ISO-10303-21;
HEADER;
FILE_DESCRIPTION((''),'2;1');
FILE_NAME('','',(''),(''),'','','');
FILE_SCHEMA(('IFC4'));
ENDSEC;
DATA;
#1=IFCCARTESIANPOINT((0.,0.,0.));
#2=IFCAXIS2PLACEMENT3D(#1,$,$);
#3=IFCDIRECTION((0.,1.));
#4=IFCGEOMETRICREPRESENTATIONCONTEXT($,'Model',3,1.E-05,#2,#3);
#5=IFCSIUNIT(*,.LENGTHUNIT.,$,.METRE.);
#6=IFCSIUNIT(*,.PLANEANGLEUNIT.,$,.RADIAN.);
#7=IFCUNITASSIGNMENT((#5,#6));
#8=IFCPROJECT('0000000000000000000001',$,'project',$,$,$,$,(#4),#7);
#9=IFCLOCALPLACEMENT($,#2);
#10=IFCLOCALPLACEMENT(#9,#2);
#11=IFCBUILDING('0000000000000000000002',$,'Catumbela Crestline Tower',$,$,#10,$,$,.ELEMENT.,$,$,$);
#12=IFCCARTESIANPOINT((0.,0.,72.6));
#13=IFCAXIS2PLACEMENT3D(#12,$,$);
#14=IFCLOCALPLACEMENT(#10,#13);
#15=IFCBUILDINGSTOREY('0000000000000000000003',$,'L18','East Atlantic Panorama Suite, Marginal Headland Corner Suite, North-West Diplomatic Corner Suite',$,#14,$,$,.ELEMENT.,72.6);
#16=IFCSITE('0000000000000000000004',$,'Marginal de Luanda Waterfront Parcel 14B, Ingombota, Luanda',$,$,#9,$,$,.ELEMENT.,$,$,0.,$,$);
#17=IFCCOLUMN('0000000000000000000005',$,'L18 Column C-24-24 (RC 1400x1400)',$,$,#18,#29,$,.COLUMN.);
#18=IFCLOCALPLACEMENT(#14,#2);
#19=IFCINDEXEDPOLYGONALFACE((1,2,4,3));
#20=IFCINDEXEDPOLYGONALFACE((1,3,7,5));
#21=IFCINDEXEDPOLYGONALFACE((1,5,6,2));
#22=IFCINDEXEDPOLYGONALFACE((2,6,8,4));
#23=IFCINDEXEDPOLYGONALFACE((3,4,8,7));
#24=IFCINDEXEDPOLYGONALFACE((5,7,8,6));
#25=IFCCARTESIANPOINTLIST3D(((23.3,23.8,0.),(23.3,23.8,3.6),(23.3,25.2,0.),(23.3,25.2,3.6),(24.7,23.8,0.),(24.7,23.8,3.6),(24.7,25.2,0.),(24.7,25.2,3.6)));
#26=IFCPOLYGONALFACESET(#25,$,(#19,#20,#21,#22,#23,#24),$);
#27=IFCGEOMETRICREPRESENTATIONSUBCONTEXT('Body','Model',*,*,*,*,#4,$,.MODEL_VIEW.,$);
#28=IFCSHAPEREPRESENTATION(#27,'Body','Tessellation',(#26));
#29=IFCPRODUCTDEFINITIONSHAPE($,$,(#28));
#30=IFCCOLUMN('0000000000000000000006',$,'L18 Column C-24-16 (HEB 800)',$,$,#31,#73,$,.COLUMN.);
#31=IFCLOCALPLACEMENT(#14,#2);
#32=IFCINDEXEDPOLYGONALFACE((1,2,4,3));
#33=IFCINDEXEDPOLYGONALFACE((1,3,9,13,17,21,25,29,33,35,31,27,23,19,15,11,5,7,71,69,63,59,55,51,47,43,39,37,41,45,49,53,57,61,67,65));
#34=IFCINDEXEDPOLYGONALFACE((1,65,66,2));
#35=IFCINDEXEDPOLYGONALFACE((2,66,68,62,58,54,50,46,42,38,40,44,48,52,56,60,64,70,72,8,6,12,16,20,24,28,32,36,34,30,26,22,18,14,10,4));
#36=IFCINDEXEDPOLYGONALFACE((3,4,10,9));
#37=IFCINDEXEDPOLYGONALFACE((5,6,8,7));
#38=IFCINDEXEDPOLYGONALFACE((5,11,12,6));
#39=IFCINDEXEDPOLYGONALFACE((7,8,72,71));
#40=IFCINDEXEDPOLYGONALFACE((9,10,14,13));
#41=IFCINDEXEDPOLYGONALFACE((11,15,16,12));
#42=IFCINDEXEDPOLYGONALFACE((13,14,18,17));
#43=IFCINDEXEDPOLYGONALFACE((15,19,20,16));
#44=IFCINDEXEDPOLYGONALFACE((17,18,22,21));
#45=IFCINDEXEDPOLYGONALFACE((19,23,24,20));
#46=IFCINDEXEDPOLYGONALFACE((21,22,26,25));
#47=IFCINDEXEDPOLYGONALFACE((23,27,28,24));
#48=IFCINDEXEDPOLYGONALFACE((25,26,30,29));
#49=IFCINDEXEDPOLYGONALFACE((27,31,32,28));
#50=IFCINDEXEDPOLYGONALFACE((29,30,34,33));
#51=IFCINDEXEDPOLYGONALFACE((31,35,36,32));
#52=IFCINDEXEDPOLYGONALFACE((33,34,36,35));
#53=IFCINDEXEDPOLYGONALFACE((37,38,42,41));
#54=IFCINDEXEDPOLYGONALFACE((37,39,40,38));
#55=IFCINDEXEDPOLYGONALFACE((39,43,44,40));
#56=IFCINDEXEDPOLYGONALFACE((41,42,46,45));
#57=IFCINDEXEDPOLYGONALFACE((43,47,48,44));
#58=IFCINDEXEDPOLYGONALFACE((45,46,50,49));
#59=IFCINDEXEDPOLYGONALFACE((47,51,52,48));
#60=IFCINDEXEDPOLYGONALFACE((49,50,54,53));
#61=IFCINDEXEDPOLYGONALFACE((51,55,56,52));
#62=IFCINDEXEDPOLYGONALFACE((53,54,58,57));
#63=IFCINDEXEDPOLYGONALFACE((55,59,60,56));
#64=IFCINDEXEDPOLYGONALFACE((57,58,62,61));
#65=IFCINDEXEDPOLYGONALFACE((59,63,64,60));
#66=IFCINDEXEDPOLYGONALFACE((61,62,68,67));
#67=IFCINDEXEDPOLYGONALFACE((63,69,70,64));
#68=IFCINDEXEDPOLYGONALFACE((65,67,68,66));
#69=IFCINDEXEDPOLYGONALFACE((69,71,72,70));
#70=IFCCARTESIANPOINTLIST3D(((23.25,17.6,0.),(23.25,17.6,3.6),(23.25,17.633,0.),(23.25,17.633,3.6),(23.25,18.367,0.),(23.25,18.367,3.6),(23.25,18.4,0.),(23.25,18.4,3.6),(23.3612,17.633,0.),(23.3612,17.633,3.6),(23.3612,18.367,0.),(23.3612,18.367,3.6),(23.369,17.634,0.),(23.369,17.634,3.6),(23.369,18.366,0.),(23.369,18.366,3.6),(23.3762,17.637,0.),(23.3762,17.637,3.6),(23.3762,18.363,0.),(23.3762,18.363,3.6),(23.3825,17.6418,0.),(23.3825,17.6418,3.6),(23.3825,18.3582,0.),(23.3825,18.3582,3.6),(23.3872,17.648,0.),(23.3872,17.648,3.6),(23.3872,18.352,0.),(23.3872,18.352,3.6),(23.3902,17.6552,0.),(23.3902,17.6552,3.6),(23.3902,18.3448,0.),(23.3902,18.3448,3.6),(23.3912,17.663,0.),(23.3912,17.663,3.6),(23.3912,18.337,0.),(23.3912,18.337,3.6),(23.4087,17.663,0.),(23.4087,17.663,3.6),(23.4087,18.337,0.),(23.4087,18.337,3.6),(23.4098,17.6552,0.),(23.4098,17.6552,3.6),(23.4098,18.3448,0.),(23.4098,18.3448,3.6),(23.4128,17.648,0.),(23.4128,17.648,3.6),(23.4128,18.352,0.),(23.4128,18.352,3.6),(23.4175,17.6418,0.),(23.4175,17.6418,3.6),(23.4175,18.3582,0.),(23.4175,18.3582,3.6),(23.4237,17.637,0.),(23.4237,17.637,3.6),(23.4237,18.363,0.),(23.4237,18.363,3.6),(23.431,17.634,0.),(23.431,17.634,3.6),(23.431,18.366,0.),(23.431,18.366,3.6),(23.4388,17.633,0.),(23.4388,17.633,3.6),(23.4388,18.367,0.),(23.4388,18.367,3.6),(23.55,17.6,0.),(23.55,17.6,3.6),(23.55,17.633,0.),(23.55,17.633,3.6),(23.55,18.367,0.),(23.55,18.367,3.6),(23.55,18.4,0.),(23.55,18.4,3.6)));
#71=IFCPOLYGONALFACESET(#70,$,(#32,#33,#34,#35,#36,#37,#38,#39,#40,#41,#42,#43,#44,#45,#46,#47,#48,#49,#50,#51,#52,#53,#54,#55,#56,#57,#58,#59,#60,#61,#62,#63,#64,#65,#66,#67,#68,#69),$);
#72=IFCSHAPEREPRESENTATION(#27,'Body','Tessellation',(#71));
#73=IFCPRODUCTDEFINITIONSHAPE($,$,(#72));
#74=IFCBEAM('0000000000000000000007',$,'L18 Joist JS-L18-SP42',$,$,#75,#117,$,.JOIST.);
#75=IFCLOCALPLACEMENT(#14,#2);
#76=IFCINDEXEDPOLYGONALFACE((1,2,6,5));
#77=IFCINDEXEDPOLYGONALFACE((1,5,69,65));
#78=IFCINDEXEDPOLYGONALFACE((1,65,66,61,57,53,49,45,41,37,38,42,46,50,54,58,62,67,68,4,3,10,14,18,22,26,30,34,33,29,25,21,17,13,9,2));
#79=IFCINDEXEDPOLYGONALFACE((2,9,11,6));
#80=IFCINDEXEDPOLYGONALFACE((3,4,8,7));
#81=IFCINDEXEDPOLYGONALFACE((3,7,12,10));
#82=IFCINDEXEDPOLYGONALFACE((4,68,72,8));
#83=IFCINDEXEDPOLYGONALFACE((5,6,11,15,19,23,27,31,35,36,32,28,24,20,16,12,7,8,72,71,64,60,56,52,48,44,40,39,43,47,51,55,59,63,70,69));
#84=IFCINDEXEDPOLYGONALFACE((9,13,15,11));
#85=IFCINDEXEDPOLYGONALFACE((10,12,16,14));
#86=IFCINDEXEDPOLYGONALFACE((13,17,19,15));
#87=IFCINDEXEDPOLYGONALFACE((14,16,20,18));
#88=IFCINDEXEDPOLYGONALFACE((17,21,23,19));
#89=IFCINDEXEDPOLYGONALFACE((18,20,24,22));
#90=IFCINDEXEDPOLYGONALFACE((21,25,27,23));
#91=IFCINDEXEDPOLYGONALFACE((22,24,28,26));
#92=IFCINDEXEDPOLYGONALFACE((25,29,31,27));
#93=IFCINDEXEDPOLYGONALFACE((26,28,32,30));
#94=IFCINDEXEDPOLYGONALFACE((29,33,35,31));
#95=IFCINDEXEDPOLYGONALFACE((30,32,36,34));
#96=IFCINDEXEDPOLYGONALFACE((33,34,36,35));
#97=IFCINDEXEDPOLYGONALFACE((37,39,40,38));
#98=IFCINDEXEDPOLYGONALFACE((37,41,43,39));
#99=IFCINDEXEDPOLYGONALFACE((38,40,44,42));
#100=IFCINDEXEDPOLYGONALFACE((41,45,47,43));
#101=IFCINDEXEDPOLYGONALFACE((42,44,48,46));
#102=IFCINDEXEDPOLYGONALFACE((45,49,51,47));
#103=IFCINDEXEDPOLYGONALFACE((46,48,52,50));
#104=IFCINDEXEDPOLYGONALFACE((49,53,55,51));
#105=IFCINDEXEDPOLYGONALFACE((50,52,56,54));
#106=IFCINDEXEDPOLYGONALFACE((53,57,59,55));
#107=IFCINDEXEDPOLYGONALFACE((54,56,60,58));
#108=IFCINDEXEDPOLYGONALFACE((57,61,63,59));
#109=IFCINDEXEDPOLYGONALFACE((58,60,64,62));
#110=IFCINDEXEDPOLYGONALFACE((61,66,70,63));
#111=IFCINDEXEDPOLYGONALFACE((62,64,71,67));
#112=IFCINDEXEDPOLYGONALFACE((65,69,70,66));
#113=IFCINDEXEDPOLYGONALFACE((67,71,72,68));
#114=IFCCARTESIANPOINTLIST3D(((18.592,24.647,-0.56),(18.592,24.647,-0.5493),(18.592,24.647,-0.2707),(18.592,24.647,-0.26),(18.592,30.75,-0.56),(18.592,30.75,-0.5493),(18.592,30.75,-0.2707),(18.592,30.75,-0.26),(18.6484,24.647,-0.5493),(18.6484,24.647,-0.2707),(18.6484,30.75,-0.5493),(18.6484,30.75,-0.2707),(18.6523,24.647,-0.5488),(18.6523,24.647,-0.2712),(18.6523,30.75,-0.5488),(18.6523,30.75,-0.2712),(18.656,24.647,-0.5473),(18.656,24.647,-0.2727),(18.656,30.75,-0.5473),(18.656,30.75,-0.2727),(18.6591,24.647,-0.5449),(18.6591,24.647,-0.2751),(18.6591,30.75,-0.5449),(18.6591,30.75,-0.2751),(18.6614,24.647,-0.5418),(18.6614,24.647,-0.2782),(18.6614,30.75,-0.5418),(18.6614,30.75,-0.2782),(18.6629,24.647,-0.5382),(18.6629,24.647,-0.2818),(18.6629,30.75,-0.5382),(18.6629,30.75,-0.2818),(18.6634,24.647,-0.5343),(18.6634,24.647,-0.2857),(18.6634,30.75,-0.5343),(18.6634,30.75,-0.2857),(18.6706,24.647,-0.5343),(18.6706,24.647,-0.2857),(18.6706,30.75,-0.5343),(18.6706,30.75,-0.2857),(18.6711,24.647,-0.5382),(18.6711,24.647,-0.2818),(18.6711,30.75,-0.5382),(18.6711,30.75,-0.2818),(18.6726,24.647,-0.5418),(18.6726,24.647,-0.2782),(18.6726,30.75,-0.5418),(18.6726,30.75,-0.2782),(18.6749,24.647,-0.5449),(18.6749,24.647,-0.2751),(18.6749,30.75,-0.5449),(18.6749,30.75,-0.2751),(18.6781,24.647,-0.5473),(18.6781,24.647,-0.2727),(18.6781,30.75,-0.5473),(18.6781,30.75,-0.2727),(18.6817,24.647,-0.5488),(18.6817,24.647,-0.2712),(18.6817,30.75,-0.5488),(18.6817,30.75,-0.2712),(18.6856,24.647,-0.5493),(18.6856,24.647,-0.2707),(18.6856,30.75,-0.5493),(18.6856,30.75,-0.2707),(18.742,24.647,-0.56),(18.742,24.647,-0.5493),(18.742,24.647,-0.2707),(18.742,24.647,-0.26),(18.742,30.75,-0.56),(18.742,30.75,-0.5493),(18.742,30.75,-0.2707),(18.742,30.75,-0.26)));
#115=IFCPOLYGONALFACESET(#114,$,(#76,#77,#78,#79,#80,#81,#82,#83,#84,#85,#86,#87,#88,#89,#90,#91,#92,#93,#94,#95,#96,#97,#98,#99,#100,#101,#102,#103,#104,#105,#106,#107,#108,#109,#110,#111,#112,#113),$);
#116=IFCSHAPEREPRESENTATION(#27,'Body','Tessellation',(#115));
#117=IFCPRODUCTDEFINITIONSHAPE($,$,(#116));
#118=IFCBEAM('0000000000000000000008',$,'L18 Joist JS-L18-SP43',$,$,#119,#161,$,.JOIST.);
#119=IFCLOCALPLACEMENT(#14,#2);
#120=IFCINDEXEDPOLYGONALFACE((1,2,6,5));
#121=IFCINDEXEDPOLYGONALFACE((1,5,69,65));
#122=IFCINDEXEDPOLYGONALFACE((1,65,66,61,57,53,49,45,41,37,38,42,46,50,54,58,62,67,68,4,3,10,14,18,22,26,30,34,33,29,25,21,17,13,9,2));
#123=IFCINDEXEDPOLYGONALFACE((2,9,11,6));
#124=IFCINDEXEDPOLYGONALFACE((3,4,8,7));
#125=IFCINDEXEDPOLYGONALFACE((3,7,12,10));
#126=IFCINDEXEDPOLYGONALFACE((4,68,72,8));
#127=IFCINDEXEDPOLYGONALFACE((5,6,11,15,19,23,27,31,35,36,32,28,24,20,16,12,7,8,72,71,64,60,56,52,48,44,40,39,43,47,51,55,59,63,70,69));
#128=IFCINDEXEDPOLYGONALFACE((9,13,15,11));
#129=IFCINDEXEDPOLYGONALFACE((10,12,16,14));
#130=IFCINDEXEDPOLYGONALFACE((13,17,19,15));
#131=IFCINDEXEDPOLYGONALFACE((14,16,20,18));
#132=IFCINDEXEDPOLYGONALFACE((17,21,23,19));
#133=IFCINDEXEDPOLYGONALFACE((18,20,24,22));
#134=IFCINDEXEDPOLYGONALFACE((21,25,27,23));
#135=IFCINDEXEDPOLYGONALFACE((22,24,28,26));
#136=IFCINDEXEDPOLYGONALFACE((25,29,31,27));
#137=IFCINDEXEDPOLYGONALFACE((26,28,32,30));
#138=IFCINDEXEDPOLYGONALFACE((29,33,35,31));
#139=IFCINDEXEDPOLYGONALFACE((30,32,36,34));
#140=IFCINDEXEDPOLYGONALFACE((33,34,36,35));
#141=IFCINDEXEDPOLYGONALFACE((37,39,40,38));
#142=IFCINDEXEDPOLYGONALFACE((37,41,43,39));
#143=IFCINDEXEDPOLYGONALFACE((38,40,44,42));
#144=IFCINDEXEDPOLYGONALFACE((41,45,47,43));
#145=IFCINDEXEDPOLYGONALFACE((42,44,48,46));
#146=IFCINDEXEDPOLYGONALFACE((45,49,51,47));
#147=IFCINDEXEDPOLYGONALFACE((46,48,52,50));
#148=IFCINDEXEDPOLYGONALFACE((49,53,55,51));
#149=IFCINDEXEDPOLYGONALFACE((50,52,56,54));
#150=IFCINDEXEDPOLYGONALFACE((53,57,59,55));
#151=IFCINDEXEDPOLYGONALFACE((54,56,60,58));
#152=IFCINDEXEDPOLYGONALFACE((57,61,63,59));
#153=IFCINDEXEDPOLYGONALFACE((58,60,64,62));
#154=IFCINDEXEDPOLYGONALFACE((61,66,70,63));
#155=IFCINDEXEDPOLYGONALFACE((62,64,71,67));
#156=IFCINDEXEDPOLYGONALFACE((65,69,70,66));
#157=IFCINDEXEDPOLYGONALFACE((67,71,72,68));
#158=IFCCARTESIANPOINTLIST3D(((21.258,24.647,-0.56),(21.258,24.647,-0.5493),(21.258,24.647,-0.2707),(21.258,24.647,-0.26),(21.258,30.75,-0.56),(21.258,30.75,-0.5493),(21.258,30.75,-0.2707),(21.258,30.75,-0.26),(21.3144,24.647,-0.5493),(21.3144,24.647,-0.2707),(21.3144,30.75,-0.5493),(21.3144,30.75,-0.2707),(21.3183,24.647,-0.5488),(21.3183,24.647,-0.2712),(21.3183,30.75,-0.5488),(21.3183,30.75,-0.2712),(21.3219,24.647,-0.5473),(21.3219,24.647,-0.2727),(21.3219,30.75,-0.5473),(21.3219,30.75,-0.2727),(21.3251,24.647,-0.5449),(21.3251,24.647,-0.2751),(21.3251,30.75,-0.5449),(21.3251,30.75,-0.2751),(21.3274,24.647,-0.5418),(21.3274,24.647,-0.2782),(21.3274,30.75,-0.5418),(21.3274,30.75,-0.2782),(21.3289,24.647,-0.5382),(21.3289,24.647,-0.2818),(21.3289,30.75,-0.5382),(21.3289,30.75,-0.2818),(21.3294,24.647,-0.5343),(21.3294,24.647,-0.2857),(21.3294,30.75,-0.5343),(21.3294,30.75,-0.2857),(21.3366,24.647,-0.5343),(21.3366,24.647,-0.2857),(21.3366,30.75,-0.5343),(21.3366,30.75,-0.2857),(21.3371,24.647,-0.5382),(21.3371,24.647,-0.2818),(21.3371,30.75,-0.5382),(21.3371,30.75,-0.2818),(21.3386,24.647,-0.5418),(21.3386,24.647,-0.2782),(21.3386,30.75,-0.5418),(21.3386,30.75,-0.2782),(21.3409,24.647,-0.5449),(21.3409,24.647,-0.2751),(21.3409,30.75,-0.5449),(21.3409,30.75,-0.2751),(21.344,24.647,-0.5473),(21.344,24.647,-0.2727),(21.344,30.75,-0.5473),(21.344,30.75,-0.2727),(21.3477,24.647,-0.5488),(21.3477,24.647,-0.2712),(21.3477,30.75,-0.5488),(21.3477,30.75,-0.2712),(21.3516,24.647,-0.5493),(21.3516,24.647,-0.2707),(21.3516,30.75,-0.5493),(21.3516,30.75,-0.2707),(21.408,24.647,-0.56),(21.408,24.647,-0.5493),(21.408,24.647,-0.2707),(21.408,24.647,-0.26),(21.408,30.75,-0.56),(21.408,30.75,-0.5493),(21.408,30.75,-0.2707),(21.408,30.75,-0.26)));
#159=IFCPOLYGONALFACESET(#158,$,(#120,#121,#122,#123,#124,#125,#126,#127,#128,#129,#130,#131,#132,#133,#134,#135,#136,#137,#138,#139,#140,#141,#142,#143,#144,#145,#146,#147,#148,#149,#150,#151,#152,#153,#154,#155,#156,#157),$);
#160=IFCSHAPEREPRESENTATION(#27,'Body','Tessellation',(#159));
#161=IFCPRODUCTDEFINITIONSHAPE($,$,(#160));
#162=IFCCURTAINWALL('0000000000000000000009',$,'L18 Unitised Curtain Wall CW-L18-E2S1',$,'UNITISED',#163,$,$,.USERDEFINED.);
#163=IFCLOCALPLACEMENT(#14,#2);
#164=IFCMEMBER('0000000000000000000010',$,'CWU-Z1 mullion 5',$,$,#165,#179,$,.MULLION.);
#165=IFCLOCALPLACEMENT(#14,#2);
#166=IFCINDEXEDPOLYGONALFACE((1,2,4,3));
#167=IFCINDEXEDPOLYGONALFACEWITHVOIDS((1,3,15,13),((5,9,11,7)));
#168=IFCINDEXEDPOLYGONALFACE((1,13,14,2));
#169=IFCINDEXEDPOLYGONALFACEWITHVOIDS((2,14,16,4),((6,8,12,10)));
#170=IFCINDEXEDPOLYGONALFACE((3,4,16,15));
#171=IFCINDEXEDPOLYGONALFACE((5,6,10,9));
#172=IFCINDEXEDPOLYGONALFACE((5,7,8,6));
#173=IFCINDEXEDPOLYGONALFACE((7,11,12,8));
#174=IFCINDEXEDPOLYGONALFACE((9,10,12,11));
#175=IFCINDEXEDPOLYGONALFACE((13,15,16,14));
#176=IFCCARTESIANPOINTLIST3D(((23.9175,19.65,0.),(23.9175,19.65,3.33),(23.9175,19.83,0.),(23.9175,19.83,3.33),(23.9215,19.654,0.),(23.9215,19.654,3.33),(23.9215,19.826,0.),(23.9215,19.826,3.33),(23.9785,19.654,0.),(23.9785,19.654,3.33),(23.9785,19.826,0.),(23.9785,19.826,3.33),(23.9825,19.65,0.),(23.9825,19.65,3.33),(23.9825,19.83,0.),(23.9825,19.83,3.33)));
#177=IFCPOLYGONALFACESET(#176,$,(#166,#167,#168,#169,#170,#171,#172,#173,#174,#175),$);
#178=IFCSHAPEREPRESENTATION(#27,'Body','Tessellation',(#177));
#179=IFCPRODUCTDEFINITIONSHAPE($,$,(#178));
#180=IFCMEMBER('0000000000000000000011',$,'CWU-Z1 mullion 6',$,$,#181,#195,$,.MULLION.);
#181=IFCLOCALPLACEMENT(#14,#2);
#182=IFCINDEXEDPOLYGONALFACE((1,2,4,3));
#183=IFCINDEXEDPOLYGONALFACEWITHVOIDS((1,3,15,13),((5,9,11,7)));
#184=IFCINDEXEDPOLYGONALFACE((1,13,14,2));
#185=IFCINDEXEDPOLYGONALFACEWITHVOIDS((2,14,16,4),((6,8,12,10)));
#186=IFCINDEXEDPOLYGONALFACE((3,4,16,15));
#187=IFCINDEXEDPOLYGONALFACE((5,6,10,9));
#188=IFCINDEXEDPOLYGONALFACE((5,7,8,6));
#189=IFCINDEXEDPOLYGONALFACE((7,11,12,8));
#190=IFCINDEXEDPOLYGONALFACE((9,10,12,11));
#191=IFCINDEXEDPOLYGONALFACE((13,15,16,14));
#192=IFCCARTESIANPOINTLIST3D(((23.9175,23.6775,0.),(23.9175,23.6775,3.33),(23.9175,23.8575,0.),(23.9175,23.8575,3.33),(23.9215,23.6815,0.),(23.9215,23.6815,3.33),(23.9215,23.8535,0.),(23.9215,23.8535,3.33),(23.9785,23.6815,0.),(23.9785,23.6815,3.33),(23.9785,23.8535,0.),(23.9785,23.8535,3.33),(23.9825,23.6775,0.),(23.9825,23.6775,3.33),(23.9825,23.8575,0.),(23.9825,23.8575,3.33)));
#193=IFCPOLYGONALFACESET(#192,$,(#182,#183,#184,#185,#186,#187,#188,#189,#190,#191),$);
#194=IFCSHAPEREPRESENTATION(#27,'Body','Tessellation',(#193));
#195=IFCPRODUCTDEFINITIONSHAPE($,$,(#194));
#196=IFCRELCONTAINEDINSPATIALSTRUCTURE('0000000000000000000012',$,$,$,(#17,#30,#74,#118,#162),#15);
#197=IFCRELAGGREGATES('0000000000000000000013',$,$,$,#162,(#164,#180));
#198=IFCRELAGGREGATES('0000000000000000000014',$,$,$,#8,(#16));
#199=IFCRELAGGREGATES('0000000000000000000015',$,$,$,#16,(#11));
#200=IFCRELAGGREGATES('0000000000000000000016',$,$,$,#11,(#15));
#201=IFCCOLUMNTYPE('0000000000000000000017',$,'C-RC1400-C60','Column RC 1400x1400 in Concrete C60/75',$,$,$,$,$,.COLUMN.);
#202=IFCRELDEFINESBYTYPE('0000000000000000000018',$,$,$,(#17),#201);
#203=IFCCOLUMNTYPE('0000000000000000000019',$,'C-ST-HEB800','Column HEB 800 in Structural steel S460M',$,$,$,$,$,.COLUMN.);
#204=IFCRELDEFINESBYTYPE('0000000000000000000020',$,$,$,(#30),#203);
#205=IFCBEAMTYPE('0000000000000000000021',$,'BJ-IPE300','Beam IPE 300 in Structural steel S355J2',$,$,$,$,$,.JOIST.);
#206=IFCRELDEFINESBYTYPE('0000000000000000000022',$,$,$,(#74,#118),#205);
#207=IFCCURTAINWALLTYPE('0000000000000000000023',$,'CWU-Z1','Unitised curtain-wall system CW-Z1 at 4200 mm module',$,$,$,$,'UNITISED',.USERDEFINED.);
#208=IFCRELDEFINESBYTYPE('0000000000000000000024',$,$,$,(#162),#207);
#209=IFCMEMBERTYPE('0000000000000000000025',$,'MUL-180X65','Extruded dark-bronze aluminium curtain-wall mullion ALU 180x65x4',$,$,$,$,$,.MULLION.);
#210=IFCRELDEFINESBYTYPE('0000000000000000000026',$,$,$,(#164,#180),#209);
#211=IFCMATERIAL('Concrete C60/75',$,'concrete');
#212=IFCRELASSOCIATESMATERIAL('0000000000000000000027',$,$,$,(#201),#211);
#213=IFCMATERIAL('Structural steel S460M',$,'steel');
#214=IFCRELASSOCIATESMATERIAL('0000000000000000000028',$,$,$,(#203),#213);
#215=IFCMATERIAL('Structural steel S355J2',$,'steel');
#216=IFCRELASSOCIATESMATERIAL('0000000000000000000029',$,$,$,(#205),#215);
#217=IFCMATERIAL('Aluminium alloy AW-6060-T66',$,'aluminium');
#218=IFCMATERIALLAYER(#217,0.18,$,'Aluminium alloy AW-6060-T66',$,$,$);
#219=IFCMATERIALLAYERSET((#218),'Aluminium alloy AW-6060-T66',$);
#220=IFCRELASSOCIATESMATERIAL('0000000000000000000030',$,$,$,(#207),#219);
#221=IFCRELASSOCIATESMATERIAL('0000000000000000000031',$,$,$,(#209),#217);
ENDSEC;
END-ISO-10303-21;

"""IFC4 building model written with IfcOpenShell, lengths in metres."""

from ifc_helpers import new_model, si_unit, direction, frame, origin, origin_2d, place, context, subcontext, project, spatial, rectangle, hollow_rectangle, i_section, extrude, material, layer, layer_set, material_profile, profile_set, type_object, element, aggregate, save


model = new_model("IFC4")

# Units and contexts
model_context = context("Model", 3, precision=1e-05, world=origin(), true_north=direction((0.0, 1.0)))
body_context = subcontext(model_context, "Body", "Model", "MODEL_VIEW")
ifc_project = project(units=[si_unit("LENGTHUNIT", "METRE"), si_unit("PLANEANGLEUNIT", "RADIAN")], contexts=[model_context])

# Site, building, storey
site_placement = place(None, origin())
site = spatial("IfcSite", under=ifc_project, at=site_placement, Name="Marginal de Luanda Waterfront Parcel 14B, Ingombota, Luanda", CompositionType="ELEMENT", RefElevation=0.0)
building_placement = place(site_placement, origin())
building = spatial("IfcBuilding", under=site, at=building_placement, Name="Catumbela Crestline Tower", CompositionType="ELEMENT")
storey_placement = place(building_placement, frame((0.0, 0.0, 72.6)))
storey = spatial("IfcBuildingStorey", under=building, at=storey_placement, Name="L18", Description="East Atlantic Panorama Suite, Marginal Headland Corner Suite, North-West Diplomatic Corner Suite", CompositionType="ELEMENT", Elevation=72.6)

# Columns
ifc_material_1 = material(Name="Concrete C60/75", Category="concrete")
ifc_material_profile_1 = material_profile(ifc_material_1, rectangle(XDim=1.4, YDim=1.4, at=origin_2d()), Name="RC 1400x1400")
ifc_profile_set_1 = profile_set([ifc_material_profile_1], Name="Concrete C60/75")
column_type_1 = type_object("IfcColumnType", Name="C-RC1400-C60", Description="Column RC 1400x1400 in Concrete C60/75", PredefinedType="COLUMN", material=ifc_profile_set_1)
column_1_placement = place(storey_placement, frame((24.0, 24.5, 0.0), z_axis=(0.0, 0.0, 1.0), x_axis=(1.0, 0.0, 0.0)))
element("IfcColumn", 1, at=column_1_placement, inside=storey, type_object=column_type_1, Name="L18 Column C-24-24 (RC 1400x1400)", PredefinedType="COLUMN", context=body_context, shape_type="SweptSolid", body=[
    extrude(rectangle(XDim=1.4, YDim=1.4, at=origin_2d()), origin(), (0.0, 0.0, 1.0), 3.6),
])
ifc_material_2 = material(Name="Structural steel S460M", Category="steel")
ifc_material_profile_2 = material_profile(ifc_material_2, i_section(OverallWidth=0.3, OverallDepth=0.8, WebThickness=0.0175, FlangeThickness=0.033, FilletRadius=0.03, at=origin_2d()), Name="HEB 800")
ifc_profile_set_2 = profile_set([ifc_material_profile_2], Name="Structural steel S460M")
column_type_2 = type_object("IfcColumnType", Name="C-ST-HEB800", Description="Column HEB 800 in Structural steel S460M", PredefinedType="COLUMN", material=ifc_profile_set_2)
column_2_placement = place(storey_placement, frame((23.4, 18.0, 0.0), z_axis=(0.0, 0.0, 1.0), x_axis=(1.0, 0.0, 0.0)))
element("IfcColumn", 2, at=column_2_placement, inside=storey, type_object=column_type_2, Name="L18 Column C-24-16 (HEB 800)", PredefinedType="COLUMN", context=body_context, shape_type="SweptSolid", body=[
    extrude(i_section(OverallWidth=0.3, OverallDepth=0.8, WebThickness=0.0175, FlangeThickness=0.033, FilletRadius=0.03, at=origin_2d()), origin(), (0.0, 0.0, 1.0), 3.6),
])

# Beams
ifc_material_3 = material(Name="Structural steel S355J2", Category="steel")
ifc_material_profile_3 = material_profile(ifc_material_3, i_section(OverallWidth=0.15, OverallDepth=0.3, WebThickness=0.0071, FlangeThickness=0.0107, FilletRadius=0.015, at=origin_2d()), Name="IPE 300")
ifc_profile_set_3 = profile_set([ifc_material_profile_3], Name="Structural steel S355J2")
beam_type_1 = type_object("IfcBeamType", Name="BJ-IPE300", Description="Beam IPE 300 in Structural steel S355J2", PredefinedType="JOIST", material=ifc_profile_set_3)
for number, where, z_axis, x_axis, name in (
    (3, (18.667, 24.647, -0.41), (0.0, 1.0, 0.0), (-1.0, 0.0, 0.0), "L18 Joist JS-L18-SP42"),
    (4, (21.333, 24.647, -0.41), (0.0, 1.0, 0.0), (-1.0, 0.0, 0.0), "L18 Joist JS-L18-SP43"),
):
    element("IfcBeam", number, at=place(storey_placement, frame(where, z_axis=z_axis, x_axis=x_axis)), inside=storey, type_object=beam_type_1, Name=name, PredefinedType="JOIST", context=body_context, shape_type="SweptSolid", body=[
        extrude(i_section(OverallWidth=0.15, OverallDepth=0.3, WebThickness=0.0071, FlangeThickness=0.0107, FilletRadius=0.015, at=origin_2d()), origin(), (0.0, 0.0, 1.0), 6.103),
    ])

# Curtain wall, members
ifc_material_4 = material(Name="Aluminium alloy AW-6060-T66", Category="aluminium")
ifc_layer_1 = layer(ifc_material_4, 0.18, Name="Aluminium alloy AW-6060-T66")
ifc_layer_set_1 = layer_set([ifc_layer_1], Name="Aluminium alloy AW-6060-T66")
curtain_wall_type = type_object("IfcCurtainWallType", Name="CWU-Z1", Description="Unitised curtain-wall system CW-Z1 at 4200 mm module", ElementType="UNITISED", PredefinedType="USERDEFINED", material=ifc_layer_set_1)
curtain_wall_1_placement = place(storey_placement, origin())
curtain_wall_1 = element("IfcCurtainWall", 5, at=curtain_wall_1_placement, inside=storey, type_object=curtain_wall_type, Name="L18 Unitised Curtain Wall CW-L18-E2S1", ObjectType="UNITISED", PredefinedType="USERDEFINED")
ifc_material_profile_4 = material_profile(ifc_material_4, hollow_rectangle(XDim=0.065, YDim=0.18, WallThickness=0.004, at=origin_2d()), Name="ALU 180x65x4")
ifc_profile_set_4 = profile_set([ifc_material_profile_4], Name="Aluminium alloy AW-6060-T66")
member_type_1 = type_object("IfcMemberType", Name="MUL-180X65", Description="Extruded dark-bronze aluminium curtain-wall mullion ALU 180x65x4", PredefinedType="MULLION", material=ifc_profile_set_4)
member_1_placement = place(storey_placement, frame((23.95, 19.74, 0.0), z_axis=(0.0, 0.0, 1.0), x_axis=(-1.0, 0.0, 0.0)))
member_1 = element("IfcMember", 6, at=member_1_placement, type_object=member_type_1, Name="CWU-Z1 mullion 5", PredefinedType="MULLION", context=body_context, shape_type="SweptSolid", body=[
    extrude(hollow_rectangle(XDim=0.065, YDim=0.18, WallThickness=0.004, at=origin_2d()), origin(), (0.0, 0.0, 1.0), 3.33),
])
member_2_placement = place(storey_placement, frame((23.95, 23.7675, 0.0), z_axis=(0.0, 0.0, 1.0), x_axis=(-1.0, 0.0, 0.0)))
member_2 = element("IfcMember", 7, at=member_2_placement, type_object=member_type_1, Name="CWU-Z1 mullion 6", PredefinedType="MULLION", context=body_context, shape_type="SweptSolid", body=[
    extrude(hollow_rectangle(XDim=0.065, YDim=0.18, WallThickness=0.004, at=origin_2d()), origin(), (0.0, 0.0, 1.0), 3.33),
])

aggregate(curtain_wall_1, [member_1, member_2])

save(model, "model.ifc")
